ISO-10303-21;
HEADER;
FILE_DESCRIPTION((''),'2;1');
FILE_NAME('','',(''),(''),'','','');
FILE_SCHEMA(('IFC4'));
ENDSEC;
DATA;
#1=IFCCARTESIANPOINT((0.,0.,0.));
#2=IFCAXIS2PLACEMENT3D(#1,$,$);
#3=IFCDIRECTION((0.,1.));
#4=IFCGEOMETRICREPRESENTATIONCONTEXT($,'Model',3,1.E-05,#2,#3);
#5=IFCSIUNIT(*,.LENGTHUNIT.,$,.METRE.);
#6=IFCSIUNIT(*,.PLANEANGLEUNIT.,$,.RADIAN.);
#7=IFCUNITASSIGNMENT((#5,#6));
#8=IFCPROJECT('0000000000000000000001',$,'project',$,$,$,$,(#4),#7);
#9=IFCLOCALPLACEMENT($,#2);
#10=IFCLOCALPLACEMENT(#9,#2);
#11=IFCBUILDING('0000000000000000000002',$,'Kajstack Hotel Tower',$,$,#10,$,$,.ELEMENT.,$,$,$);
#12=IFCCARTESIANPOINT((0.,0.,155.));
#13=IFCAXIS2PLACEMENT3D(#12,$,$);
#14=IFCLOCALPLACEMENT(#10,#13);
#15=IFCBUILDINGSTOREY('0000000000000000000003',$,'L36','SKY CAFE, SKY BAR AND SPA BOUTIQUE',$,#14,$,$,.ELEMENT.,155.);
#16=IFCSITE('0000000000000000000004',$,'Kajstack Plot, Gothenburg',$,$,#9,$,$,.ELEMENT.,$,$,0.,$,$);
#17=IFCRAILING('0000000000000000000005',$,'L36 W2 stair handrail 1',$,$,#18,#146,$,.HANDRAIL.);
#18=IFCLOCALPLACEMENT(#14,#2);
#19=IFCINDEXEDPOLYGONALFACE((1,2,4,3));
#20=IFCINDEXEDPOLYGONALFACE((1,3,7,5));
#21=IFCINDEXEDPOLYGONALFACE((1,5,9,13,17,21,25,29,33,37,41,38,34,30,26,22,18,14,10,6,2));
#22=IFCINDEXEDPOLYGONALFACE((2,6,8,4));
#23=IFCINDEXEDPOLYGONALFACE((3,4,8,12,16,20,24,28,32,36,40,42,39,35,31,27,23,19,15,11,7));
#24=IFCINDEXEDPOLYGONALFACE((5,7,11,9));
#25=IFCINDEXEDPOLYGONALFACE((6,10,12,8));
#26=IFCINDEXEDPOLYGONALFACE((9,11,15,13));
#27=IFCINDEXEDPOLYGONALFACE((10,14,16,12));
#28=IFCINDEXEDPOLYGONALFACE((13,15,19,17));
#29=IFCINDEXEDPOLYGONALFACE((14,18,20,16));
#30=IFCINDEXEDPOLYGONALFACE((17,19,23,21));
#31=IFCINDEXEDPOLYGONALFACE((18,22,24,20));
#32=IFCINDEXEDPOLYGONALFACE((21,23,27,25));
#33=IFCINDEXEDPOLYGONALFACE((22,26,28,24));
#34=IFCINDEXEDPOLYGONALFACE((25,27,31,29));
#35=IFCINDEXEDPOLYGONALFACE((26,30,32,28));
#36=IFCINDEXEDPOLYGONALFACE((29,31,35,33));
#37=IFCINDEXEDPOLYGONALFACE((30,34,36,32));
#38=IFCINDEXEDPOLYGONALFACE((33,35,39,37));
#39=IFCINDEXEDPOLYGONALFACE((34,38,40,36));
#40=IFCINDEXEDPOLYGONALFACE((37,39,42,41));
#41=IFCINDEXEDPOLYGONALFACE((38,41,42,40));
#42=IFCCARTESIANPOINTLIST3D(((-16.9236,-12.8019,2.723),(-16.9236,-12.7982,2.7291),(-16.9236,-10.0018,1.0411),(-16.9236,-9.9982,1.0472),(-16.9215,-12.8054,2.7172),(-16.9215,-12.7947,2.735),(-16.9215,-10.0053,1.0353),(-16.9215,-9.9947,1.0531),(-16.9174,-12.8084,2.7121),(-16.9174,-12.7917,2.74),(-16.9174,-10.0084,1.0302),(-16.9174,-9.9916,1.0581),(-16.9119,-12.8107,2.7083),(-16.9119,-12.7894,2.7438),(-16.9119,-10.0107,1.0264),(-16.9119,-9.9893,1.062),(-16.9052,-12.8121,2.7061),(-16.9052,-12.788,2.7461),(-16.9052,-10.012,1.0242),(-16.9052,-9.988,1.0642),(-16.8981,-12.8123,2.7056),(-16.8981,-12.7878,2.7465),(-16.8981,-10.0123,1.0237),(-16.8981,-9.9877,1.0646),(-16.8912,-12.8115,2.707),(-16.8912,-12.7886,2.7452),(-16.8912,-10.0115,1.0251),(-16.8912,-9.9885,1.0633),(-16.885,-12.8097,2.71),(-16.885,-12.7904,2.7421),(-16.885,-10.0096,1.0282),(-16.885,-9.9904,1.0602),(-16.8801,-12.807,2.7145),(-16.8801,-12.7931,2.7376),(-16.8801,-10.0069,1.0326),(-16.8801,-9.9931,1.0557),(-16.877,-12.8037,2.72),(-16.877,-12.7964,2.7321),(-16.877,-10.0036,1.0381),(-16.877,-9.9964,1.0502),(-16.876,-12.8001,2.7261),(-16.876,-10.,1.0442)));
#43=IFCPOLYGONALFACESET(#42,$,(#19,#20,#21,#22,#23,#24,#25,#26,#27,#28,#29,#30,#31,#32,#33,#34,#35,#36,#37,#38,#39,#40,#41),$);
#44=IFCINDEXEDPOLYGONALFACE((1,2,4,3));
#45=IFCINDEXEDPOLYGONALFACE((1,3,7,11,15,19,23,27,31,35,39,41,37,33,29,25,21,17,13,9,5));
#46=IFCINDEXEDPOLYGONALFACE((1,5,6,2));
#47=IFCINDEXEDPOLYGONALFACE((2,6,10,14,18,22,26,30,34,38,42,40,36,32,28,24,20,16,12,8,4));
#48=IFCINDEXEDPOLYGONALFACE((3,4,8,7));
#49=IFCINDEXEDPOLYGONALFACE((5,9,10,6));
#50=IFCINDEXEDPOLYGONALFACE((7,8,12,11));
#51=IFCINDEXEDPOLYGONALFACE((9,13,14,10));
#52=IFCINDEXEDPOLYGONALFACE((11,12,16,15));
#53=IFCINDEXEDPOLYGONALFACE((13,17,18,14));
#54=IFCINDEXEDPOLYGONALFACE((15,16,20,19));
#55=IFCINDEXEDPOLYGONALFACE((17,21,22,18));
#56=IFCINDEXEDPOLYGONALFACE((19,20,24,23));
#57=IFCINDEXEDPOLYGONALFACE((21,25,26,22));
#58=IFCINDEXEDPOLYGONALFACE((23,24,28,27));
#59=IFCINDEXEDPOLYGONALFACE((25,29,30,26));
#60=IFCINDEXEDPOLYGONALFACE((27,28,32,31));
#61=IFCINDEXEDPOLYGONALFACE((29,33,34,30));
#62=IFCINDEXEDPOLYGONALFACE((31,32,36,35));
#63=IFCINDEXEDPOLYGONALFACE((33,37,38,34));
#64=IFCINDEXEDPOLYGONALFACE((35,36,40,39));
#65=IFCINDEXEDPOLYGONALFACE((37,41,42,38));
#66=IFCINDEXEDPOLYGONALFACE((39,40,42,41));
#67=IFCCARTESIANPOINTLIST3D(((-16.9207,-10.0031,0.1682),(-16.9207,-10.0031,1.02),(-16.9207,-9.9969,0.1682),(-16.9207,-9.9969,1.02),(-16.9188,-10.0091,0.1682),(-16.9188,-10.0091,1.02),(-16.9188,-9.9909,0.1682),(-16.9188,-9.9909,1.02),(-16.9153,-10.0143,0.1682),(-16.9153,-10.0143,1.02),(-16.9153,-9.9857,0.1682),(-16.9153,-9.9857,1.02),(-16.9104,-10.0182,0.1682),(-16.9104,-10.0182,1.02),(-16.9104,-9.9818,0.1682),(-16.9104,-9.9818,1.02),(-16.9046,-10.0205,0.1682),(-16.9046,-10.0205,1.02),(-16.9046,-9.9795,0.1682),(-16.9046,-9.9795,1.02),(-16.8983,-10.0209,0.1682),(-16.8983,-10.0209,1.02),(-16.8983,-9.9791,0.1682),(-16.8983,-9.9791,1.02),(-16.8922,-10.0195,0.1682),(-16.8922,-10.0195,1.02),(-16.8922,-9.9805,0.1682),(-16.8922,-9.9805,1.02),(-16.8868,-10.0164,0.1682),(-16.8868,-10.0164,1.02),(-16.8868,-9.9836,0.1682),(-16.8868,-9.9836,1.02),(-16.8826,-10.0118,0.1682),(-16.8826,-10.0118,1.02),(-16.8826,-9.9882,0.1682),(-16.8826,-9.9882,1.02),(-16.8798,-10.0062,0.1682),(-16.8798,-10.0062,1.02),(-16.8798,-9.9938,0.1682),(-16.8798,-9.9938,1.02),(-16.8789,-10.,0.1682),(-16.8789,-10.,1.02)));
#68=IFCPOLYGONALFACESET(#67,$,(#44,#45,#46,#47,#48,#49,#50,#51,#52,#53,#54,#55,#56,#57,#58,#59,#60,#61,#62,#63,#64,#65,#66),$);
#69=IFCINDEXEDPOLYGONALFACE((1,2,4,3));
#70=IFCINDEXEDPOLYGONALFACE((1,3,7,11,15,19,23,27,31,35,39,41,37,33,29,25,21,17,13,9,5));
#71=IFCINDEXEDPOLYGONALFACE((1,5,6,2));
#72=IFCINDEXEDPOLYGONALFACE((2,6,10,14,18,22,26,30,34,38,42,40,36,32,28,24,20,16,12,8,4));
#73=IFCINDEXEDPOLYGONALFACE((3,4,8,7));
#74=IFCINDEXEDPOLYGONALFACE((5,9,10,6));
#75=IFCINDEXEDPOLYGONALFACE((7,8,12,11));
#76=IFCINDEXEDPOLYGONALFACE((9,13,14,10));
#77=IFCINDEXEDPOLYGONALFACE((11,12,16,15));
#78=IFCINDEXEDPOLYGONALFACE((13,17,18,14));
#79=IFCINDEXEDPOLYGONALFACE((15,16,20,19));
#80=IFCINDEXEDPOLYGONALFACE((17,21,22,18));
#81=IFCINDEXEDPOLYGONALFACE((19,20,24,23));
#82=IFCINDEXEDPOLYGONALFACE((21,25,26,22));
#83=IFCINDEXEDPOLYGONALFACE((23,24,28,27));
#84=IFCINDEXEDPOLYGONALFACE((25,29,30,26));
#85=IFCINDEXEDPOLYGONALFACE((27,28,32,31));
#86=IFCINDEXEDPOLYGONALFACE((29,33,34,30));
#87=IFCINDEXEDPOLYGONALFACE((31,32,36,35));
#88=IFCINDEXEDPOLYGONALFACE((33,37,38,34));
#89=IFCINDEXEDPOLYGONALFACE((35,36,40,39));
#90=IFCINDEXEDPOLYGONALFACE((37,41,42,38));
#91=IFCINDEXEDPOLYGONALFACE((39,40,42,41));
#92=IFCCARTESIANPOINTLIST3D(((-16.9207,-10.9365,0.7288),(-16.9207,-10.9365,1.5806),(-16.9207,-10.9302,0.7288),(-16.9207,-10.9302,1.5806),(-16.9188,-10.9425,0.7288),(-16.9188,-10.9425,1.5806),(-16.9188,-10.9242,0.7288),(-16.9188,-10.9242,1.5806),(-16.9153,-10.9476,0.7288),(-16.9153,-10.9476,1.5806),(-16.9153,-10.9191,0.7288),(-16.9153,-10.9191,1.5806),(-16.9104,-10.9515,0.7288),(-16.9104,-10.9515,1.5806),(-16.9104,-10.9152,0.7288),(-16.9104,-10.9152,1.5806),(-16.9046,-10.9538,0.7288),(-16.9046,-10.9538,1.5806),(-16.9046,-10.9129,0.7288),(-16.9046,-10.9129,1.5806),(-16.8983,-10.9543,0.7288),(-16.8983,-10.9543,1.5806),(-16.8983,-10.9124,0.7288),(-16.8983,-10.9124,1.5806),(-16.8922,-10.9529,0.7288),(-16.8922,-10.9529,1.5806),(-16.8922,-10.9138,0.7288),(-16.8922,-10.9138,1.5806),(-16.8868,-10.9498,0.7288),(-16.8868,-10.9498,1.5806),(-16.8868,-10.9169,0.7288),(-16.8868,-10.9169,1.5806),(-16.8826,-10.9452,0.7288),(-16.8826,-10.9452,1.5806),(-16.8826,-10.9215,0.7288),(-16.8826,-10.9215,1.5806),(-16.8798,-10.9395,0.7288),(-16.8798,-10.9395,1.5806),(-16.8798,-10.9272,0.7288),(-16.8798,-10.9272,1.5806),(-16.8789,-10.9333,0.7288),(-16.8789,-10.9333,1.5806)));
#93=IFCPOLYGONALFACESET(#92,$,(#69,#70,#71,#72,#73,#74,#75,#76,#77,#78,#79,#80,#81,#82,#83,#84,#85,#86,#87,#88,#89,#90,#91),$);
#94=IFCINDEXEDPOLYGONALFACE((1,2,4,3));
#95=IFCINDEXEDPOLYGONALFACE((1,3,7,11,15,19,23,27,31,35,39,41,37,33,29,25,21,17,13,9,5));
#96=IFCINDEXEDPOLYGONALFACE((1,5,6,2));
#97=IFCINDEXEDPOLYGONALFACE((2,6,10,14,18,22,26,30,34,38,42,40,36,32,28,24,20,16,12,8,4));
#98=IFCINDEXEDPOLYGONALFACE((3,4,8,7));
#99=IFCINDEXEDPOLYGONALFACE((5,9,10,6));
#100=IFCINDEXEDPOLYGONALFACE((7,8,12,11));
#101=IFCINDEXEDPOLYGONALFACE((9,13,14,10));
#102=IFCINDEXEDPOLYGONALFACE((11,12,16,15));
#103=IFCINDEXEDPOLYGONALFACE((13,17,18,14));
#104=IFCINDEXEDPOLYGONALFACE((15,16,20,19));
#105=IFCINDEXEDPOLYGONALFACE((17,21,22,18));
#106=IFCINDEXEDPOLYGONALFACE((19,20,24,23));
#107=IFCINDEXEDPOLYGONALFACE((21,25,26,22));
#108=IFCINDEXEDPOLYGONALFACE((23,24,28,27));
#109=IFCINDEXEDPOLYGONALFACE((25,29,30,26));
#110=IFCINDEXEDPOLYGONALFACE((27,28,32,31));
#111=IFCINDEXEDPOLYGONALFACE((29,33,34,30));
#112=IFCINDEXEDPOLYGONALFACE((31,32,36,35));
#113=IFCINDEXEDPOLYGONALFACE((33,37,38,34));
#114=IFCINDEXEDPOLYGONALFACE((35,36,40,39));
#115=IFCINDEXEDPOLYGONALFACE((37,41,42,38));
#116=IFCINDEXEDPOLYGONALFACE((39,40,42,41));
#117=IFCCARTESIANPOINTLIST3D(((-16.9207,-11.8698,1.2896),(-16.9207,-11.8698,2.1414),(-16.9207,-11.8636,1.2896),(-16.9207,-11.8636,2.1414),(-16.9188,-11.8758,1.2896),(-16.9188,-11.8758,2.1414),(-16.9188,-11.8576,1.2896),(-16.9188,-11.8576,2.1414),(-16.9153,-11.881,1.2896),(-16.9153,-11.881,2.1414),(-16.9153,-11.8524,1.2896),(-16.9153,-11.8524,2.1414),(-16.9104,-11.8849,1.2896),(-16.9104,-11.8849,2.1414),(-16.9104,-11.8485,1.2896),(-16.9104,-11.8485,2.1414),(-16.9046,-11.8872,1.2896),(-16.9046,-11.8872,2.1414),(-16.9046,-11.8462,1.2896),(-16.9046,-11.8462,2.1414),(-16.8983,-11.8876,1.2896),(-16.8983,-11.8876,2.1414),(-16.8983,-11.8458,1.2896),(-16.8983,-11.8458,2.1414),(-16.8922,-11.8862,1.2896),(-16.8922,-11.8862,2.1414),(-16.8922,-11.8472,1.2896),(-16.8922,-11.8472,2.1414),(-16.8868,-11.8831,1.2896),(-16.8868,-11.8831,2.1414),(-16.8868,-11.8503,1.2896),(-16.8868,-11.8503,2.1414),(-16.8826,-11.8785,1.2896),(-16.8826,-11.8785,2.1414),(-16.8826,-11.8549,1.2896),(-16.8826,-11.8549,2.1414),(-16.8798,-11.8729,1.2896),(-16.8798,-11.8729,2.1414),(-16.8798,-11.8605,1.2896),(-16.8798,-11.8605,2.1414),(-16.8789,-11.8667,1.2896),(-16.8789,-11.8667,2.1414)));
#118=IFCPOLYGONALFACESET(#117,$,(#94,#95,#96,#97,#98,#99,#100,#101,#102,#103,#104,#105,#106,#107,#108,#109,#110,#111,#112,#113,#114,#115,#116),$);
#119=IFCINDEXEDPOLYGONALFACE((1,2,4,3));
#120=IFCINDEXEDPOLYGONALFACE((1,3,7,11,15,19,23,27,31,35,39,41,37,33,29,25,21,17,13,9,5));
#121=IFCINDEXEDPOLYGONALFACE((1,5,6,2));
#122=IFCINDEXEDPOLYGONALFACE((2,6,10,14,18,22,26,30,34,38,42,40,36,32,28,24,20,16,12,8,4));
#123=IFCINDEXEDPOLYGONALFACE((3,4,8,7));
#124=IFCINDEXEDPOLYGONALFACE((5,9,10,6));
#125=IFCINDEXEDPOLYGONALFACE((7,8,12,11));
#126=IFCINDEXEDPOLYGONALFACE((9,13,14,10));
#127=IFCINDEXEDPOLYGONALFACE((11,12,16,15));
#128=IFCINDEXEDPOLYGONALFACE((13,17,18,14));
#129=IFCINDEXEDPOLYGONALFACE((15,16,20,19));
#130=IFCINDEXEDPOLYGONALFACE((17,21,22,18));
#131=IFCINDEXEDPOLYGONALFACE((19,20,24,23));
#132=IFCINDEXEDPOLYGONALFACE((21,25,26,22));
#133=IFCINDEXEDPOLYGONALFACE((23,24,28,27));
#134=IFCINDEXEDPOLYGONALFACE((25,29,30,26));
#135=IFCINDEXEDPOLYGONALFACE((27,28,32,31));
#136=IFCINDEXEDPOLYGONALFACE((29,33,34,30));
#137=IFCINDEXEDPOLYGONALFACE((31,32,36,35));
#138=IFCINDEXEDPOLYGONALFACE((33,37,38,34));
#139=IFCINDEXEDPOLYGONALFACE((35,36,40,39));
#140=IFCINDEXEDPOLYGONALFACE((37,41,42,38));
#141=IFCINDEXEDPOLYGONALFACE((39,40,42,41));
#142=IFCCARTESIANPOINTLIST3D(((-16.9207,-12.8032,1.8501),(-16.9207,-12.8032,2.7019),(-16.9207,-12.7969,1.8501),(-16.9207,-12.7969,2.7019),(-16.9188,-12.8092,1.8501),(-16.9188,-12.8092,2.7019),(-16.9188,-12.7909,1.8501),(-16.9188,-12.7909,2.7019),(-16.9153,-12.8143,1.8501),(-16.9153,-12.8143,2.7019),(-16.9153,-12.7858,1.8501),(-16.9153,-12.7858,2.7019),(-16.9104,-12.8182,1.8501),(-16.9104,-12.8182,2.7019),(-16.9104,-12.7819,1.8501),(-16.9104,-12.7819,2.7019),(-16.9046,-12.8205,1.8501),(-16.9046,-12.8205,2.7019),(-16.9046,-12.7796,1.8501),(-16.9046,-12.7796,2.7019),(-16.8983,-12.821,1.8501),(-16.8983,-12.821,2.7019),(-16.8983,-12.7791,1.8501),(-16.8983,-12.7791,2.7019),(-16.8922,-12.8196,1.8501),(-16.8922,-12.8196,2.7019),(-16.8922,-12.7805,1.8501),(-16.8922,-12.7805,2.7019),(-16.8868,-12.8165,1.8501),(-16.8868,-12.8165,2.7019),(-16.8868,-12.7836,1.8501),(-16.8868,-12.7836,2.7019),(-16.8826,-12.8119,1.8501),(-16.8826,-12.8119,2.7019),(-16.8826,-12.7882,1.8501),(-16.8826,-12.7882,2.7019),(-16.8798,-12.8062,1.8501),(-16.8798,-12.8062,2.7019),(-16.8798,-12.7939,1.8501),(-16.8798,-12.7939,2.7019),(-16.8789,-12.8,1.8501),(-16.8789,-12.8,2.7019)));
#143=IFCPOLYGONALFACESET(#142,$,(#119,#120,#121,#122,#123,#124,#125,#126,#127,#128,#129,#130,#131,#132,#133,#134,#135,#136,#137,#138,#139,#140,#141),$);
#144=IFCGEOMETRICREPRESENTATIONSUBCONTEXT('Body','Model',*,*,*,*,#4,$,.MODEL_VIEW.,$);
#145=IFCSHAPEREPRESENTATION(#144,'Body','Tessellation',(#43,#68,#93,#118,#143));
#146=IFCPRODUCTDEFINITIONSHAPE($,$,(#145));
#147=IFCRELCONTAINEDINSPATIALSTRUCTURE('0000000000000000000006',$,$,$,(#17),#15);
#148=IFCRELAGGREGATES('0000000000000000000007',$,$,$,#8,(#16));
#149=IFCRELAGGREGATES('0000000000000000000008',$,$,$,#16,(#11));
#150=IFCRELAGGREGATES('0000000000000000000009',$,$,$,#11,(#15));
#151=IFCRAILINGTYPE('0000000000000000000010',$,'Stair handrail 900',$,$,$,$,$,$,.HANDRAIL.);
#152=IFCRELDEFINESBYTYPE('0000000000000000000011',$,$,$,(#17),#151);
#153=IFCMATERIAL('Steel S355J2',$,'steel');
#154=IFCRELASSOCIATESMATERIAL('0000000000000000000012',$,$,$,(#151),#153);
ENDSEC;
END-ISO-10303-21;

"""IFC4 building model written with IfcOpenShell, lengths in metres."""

from ifc_helpers import new_model, si_unit, direction, frame, origin, origin_2d, place, context, subcontext, project, spatial, circle, extrude, material, type_object, element, save


model = new_model("IFC4")

# Units and contexts
model_context = context("Model", 3, precision=1e-05, world=origin(), true_north=direction((0.0, 1.0)))
body_context = subcontext(model_context, "Body", "Model", "MODEL_VIEW")
ifc_project = project(units=[si_unit("LENGTHUNIT", "METRE"), si_unit("PLANEANGLEUNIT", "RADIAN")], contexts=[model_context])

# Site, building, storey
site_placement = place(None, origin())
site = spatial("IfcSite", under=ifc_project, at=site_placement, Name="Kajstack Plot, Gothenburg", CompositionType="ELEMENT", RefElevation=0.0)
building_placement = place(site_placement, origin())
building = spatial("IfcBuilding", under=site, at=building_placement, Name="Kajstack Hotel Tower", CompositionType="ELEMENT")
storey_placement = place(building_placement, frame((0.0, 0.0, 155.0)))
storey = spatial("IfcBuildingStorey", under=building, at=storey_placement, Name="L36", Description="SKY CAFE, SKY BAR AND SPA BOUTIQUE", CompositionType="ELEMENT", Elevation=155.0)

# Railing
ifc_material_1 = material(Name="Steel S355J2", Category="steel")
railing_type_1 = type_object("IfcRailingType", Name="Stair handrail 900", PredefinedType="HANDRAIL", material=ifc_material_1)
for number, where, name in (
    (1, (-16.8999, -10.0, 0.1682), "L36 W2 stair handrail 1"),
):
    element("IfcRailing", number, at=place(storey_placement, frame(where)), inside=storey, type_object=railing_type_1, Name=name, PredefinedType="HANDRAIL", context=body_context, shape_type="SweptSolid", body=[
        extrude(circle(Radius=0.0239, at=origin_2d()), frame((0.0, 0.0, 0.876), z_axis=(0.0, -0.857242, 0.514913), x_axis=(1.0, 0.0, 0.0)), (0.0, 0.0, 1.0), 3.2664),
        extrude(circle(Radius=0.021, at=origin_2d()), origin(), (0.0, 0.0, 1.0), 0.8518),
        extrude(circle(Radius=0.021, at=origin_2d()), frame((0.0, -0.9333, 0.5605)), (0.0, 0.0, 1.0), 0.8518),
        extrude(circle(Radius=0.021, at=origin_2d()), frame((0.0, -1.8667, 1.1213)), (0.0, 0.0, 1.0), 0.8518),
        extrude(circle(Radius=0.021, at=origin_2d()), frame((0.0, -2.8, 1.6819)), (0.0, 0.0, 1.0), 0.8518),
    ])

save(model, "model.ifc")
